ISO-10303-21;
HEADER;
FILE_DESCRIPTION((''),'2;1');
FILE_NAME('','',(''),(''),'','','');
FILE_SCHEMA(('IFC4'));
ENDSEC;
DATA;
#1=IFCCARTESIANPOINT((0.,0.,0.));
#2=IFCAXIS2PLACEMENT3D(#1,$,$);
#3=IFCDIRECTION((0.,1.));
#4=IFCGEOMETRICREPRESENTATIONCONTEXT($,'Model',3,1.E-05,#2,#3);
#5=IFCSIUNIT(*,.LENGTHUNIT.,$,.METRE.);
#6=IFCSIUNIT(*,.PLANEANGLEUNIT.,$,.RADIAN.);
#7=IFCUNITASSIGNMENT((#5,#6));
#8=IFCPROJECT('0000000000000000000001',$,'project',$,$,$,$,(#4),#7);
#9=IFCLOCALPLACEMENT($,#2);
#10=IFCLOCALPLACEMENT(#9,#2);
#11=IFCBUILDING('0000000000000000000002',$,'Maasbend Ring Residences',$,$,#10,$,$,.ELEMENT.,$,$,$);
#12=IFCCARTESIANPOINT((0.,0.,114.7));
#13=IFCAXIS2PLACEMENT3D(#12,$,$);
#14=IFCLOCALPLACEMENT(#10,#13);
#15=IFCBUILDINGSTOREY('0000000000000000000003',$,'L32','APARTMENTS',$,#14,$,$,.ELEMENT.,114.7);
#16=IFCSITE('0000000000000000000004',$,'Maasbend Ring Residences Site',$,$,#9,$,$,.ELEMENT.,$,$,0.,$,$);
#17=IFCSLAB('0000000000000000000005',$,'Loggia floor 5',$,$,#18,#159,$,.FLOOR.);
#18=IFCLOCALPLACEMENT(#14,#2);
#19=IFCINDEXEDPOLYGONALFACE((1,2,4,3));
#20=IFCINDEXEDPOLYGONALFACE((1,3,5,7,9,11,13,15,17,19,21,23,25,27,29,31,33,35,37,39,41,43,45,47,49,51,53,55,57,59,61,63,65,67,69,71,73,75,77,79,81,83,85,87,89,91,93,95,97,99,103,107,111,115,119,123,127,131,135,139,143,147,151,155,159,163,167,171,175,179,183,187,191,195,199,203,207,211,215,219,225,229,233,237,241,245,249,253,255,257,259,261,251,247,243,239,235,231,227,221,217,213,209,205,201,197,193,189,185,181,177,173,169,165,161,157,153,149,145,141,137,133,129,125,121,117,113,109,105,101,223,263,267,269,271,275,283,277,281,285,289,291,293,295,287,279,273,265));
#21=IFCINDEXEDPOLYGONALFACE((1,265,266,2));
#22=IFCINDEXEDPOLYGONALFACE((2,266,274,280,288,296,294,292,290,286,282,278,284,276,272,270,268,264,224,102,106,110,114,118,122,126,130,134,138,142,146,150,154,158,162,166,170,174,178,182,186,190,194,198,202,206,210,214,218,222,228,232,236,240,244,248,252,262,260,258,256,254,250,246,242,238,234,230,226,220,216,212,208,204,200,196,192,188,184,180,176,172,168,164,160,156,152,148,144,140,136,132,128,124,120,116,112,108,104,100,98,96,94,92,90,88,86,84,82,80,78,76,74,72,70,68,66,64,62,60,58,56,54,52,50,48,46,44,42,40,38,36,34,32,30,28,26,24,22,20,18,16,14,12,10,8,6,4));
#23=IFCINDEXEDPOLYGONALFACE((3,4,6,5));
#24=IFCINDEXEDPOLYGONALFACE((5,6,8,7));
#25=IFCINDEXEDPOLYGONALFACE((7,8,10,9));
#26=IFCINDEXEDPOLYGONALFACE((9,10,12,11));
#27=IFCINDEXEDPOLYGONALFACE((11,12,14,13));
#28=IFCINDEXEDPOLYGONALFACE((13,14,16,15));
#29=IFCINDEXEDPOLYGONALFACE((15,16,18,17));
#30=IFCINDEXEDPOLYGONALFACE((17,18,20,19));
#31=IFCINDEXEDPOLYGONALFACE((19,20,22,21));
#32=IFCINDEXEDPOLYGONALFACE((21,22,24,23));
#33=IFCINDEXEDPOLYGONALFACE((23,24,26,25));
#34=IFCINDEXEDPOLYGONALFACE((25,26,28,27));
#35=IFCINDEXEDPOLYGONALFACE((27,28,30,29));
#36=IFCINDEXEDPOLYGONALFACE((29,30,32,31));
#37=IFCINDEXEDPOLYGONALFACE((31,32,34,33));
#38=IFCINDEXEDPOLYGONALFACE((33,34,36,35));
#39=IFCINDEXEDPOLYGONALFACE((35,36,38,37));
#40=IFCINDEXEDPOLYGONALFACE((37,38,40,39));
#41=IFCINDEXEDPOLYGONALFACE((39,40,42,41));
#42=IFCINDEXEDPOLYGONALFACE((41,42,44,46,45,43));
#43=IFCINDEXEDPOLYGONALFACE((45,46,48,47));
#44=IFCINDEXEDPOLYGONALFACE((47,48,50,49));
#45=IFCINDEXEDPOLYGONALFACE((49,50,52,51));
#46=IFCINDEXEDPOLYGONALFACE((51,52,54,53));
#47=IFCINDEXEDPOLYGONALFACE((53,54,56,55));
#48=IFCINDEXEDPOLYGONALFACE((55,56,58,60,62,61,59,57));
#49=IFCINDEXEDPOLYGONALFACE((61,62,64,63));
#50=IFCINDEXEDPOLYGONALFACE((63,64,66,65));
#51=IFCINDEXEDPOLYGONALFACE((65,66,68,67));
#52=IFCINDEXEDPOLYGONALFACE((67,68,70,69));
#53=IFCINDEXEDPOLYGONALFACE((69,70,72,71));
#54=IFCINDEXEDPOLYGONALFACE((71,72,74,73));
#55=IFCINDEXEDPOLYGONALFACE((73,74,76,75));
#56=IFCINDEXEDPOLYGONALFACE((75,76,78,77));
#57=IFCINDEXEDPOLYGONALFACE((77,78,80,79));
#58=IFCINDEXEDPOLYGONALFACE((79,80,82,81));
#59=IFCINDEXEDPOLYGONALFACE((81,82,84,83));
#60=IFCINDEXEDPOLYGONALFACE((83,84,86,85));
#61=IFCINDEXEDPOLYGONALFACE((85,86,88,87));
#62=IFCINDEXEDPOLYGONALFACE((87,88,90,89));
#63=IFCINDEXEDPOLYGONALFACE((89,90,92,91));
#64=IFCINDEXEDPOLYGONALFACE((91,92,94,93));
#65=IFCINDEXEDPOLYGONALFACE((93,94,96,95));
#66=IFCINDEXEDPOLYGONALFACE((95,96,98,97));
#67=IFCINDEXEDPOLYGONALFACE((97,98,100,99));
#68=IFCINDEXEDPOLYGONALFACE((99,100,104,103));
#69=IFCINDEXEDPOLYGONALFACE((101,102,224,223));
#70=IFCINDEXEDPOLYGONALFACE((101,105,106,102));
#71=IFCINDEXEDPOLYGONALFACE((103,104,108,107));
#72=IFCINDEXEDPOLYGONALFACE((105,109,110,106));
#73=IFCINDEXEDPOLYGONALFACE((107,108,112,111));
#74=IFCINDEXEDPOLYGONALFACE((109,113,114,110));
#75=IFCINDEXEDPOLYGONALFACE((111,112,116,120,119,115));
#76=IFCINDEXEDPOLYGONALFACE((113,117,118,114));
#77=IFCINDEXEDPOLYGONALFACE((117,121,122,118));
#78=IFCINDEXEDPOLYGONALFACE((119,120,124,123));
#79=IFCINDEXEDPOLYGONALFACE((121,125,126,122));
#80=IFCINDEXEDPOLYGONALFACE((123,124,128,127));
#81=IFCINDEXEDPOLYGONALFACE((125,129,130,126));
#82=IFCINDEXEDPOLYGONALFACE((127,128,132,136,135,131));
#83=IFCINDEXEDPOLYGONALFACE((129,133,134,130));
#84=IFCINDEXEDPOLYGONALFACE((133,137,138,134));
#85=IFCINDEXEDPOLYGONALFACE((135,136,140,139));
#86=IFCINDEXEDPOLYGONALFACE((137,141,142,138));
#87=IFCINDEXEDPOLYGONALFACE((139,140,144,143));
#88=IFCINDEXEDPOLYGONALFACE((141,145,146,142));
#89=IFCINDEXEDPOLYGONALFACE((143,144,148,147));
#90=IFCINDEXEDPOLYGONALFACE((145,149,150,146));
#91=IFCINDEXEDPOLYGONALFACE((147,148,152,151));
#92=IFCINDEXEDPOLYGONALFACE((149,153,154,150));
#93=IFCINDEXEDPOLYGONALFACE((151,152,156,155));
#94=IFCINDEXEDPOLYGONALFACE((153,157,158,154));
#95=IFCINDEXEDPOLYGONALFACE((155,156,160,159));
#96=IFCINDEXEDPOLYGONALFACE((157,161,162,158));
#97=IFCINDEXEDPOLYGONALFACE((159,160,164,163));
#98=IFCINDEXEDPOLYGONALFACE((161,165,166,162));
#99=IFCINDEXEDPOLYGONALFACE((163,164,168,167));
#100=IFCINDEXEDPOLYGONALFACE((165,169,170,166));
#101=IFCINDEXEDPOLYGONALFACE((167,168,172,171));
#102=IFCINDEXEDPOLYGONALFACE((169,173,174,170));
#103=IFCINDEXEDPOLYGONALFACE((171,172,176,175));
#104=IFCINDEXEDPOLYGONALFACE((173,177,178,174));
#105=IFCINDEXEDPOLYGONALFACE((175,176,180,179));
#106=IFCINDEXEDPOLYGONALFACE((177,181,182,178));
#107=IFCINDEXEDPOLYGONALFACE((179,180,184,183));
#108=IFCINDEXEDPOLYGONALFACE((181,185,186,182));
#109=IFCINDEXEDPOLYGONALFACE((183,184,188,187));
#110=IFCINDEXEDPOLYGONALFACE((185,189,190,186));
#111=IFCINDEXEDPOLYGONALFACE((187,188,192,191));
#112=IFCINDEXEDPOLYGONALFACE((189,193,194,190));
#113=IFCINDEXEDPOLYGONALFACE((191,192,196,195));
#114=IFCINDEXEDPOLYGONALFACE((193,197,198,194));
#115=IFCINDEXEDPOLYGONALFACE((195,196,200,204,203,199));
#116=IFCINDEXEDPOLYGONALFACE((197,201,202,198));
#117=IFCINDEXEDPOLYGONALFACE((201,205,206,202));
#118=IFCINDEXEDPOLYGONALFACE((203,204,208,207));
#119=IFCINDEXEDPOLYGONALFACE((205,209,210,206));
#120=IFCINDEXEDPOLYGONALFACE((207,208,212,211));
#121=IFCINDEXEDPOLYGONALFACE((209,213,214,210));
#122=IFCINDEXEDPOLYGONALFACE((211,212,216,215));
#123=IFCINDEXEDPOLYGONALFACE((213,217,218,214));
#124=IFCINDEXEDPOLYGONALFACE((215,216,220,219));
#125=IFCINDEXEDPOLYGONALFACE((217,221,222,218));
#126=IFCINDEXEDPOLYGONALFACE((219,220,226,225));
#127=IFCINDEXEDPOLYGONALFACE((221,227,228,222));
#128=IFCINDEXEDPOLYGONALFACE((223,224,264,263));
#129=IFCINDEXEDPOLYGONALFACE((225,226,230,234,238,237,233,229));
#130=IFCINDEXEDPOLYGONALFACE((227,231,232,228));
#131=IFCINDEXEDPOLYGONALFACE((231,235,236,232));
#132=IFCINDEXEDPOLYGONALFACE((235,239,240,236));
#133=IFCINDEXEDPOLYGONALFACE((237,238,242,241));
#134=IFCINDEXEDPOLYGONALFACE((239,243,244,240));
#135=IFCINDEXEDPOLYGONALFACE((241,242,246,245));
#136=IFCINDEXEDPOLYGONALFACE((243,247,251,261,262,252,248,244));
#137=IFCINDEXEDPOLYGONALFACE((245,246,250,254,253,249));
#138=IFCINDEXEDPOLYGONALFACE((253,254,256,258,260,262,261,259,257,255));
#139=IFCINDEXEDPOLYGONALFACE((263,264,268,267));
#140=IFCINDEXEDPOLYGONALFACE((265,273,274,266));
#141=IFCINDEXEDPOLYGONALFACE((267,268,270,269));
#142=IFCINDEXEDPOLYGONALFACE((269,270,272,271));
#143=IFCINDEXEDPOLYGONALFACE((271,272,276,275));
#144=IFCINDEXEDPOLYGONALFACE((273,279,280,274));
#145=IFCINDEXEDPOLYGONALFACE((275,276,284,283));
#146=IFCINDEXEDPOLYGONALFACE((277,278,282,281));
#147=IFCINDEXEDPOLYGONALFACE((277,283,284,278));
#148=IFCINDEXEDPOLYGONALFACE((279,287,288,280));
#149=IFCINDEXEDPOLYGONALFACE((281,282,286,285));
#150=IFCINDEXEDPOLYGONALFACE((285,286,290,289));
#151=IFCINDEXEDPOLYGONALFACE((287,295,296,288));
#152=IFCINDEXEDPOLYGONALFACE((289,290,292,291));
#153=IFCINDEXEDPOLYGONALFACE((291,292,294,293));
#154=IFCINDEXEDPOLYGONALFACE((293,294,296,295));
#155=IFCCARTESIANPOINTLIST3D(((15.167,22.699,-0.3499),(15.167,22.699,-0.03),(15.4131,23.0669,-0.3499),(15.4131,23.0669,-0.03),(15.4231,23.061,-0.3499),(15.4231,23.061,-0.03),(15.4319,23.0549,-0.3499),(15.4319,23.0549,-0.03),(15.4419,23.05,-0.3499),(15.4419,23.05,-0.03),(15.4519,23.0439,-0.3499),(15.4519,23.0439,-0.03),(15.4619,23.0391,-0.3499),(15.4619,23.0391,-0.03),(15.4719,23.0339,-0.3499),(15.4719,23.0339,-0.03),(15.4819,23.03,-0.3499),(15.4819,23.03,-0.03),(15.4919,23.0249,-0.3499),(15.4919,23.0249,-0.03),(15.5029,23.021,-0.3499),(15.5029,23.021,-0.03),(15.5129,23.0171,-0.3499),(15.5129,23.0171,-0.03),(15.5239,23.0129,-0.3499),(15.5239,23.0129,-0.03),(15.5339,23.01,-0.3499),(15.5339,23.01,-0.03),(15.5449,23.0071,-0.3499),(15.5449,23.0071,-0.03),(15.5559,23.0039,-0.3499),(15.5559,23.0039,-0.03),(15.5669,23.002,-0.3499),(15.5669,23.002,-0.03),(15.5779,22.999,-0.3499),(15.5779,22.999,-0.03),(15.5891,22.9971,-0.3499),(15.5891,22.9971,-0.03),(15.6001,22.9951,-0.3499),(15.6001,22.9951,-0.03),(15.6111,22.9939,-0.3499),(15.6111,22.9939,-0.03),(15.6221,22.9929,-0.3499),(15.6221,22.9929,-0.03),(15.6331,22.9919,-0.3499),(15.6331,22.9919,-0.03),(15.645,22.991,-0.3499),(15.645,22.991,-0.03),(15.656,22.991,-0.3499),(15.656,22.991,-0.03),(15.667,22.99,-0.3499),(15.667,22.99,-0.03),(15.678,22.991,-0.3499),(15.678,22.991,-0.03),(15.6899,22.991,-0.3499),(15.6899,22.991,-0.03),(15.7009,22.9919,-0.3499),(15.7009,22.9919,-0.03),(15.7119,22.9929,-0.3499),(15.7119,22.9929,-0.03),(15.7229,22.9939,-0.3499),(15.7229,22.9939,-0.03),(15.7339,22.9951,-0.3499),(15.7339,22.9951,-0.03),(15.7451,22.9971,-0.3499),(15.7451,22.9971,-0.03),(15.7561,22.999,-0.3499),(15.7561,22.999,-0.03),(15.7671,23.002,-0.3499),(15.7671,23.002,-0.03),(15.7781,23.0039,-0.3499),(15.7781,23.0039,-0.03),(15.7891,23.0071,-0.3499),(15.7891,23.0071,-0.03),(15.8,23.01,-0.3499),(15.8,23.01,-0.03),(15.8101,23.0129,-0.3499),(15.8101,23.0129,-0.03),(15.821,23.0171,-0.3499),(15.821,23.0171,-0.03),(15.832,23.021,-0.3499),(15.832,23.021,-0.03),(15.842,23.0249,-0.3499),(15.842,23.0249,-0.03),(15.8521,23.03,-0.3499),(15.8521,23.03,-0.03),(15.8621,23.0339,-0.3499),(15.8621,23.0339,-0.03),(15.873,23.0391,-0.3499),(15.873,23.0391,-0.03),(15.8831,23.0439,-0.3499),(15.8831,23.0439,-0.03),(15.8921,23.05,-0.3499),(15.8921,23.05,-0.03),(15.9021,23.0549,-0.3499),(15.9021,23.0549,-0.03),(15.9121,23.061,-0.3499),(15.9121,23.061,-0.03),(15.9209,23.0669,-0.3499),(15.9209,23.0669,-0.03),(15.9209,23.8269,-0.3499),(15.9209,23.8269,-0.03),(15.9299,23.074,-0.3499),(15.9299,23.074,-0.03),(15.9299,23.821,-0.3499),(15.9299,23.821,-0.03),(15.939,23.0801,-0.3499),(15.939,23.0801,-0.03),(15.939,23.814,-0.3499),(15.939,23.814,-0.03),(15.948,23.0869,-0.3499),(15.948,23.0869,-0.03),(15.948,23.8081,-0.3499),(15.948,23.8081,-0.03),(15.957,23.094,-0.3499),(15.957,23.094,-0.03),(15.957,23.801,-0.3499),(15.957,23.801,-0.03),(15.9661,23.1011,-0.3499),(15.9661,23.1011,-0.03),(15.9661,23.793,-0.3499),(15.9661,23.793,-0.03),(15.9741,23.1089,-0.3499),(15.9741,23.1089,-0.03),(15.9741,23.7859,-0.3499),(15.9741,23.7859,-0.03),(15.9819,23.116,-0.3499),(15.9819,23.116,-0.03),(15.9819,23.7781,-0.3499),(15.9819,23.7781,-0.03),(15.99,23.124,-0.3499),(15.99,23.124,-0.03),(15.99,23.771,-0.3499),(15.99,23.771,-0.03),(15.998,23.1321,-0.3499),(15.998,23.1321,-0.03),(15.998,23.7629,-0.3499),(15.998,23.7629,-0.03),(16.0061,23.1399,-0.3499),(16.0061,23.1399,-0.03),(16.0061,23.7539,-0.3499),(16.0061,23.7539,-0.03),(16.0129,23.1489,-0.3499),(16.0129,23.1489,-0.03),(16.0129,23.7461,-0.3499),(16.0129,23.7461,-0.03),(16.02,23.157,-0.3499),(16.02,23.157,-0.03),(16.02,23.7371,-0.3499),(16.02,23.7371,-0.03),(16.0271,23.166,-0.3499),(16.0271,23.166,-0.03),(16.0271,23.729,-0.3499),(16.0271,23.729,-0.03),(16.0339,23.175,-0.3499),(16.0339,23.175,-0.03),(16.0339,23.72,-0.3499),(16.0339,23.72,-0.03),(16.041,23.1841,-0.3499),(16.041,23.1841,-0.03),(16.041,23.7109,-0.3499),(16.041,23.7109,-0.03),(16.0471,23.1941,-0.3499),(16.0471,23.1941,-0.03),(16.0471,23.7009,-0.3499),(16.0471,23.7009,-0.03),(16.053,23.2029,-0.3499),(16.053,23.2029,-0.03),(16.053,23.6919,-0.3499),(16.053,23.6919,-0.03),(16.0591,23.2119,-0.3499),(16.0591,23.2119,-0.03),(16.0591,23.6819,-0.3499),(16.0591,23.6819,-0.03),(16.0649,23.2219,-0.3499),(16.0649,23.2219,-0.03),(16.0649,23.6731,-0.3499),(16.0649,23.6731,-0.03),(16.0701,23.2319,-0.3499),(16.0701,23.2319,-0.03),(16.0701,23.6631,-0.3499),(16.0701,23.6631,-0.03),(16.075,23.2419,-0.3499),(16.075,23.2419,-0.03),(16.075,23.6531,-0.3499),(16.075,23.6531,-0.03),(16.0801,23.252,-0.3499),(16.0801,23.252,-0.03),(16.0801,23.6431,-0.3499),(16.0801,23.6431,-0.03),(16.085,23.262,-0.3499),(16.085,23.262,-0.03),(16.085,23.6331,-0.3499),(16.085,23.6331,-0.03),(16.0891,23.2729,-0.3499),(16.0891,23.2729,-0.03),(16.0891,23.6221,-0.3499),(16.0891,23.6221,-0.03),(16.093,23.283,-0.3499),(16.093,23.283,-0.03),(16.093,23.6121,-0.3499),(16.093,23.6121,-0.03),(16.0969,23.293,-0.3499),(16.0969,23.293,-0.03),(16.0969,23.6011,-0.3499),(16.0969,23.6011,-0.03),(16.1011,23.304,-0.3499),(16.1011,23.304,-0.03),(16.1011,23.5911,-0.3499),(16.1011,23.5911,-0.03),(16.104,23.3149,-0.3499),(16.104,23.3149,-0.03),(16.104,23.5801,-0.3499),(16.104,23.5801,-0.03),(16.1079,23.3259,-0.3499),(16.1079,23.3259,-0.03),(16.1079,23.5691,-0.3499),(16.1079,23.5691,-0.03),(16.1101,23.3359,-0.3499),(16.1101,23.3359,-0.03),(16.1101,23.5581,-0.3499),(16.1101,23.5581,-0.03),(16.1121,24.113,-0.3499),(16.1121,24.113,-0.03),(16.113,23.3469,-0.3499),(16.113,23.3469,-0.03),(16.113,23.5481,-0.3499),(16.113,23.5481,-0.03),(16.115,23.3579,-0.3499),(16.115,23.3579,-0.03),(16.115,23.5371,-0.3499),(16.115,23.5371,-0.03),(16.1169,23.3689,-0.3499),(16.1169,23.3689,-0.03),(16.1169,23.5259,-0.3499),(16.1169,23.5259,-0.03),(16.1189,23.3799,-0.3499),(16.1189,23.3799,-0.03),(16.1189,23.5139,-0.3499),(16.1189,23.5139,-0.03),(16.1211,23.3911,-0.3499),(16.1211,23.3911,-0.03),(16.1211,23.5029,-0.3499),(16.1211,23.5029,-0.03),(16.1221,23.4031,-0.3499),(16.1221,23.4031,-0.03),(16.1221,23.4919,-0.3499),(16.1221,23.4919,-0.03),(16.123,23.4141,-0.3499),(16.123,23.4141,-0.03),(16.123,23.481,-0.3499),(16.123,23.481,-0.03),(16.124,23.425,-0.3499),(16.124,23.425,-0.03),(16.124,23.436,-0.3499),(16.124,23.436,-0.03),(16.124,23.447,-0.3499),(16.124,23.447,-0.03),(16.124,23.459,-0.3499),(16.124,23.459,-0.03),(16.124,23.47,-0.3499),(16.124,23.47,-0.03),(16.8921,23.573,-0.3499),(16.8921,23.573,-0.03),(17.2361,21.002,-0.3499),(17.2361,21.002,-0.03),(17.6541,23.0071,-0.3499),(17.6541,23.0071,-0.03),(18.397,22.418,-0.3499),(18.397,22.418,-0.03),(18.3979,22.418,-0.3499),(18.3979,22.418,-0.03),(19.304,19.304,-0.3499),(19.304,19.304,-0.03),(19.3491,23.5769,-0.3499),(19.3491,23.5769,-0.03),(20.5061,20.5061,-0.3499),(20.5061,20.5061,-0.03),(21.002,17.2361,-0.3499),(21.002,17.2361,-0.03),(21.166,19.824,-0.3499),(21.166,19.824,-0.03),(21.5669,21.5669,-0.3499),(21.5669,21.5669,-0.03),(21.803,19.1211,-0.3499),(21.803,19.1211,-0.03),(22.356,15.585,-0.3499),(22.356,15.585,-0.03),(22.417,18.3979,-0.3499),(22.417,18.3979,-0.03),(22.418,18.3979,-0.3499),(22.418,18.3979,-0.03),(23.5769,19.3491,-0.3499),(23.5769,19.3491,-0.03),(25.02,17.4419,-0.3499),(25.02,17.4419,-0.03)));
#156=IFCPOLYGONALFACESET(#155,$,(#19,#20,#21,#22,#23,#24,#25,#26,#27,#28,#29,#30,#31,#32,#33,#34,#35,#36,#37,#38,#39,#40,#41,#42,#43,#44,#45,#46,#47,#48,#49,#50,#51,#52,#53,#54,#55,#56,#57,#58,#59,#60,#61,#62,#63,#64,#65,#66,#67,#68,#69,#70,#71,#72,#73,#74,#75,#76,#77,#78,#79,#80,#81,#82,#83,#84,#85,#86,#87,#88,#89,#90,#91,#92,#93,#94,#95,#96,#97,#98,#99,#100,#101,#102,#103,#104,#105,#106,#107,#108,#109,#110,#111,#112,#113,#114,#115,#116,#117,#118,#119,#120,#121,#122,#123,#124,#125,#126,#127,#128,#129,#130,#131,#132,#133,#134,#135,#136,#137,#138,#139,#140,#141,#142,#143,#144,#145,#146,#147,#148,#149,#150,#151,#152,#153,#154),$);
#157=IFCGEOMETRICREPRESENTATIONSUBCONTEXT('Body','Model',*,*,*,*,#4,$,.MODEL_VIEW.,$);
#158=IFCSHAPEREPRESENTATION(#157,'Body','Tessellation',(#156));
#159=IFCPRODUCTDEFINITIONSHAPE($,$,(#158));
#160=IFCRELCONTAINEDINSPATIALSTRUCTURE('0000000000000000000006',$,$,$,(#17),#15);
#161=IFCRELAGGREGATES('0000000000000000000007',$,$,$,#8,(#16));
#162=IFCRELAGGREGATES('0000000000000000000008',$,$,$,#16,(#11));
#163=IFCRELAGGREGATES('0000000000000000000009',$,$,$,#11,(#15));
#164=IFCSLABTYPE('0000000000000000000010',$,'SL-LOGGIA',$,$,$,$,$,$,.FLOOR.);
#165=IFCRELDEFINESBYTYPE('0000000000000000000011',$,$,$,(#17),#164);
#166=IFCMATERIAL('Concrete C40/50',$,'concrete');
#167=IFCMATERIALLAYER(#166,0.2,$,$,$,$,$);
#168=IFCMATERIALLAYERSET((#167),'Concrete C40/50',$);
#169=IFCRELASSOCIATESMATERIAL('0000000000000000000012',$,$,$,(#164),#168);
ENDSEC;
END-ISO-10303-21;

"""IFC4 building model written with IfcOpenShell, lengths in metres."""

from ifc_helpers import new_model, si_unit, direction, frame, origin, place, context, subcontext, project, spatial, polyline, outline, extrude, material, layer, layer_set, type_object, element, save


model = new_model("IFC4")

# Units and contexts
model_context = context("Model", 3, precision=1e-05, world=origin(), true_north=direction((0.0, 1.0)))
body_context = subcontext(model_context, "Body", "Model", "MODEL_VIEW")
ifc_project = project(units=[si_unit("LENGTHUNIT", "METRE"), si_unit("PLANEANGLEUNIT", "RADIAN")], contexts=[model_context])

# Site, building, storey
site_placement = place(None, origin())
site = spatial("IfcSite", under=ifc_project, at=site_placement, Name="Maasbend Ring Residences Site", CompositionType="ELEMENT", RefElevation=0.0)
building_placement = place(site_placement, origin())
building = spatial("IfcBuilding", under=site, at=building_placement, Name="Maasbend Ring Residences", CompositionType="ELEMENT")
storey_placement = place(building_placement, frame((0.0, 0.0, 114.7)))
storey = spatial("IfcBuildingStorey", under=building, at=storey_placement, Name="L32", Description="APARTMENTS", CompositionType="ELEMENT", Elevation=114.7)

# Slab
ifc_material_1 = material(Name="Concrete C40/50", Category="concrete")
ifc_layer_1 = layer(ifc_material_1, 0.2)
ifc_layer_set_1 = layer_set([ifc_layer_1], Name="Concrete C40/50")
slab_type_1 = type_object("IfcSlabType", Name="SL-LOGGIA", PredefinedType="FLOOR", material=ifc_layer_set_1)
slab_1_placement = place(storey_placement, frame((0.0, 0.0, -0.3499)))
element("IfcSlab", 1, at=slab_1_placement, inside=storey, type_object=slab_type_1, Name="Loggia floor 5", PredefinedType="FLOOR", context=body_context, shape_type="SweptSolid", body=[
    extrude(outline(polyline([(15.4319, 23.0549), (15.4419, 23.05), (15.4519, 23.0439), (15.4619, 23.0391), (15.4719, 23.0339), (15.4819, 23.03), (15.4919, 23.0249), (15.5029, 23.021), (15.5129, 23.0171), (15.5239, 23.0129), (15.5339, 23.01), (15.5449, 23.0071), (15.5559, 23.0039), (15.5669, 23.002), (15.5779, 22.999), (15.5891, 22.9971), (15.6001, 22.9951), (15.6111, 22.9939), (15.6221, 22.9929), (15.6331, 22.9919), (15.645, 22.991), (15.656, 22.991), (15.667, 22.99), (15.678, 22.991), (15.6899, 22.991), (15.7009, 22.9919), (15.7119, 22.9929), (15.7229, 22.9939), (15.7339, 22.9951), (15.7451, 22.9971), (15.7561, 22.999), (15.7671, 23.002), (15.7781, 23.0039), (15.7891, 23.0071), (15.8, 23.01), (15.8101, 23.0129), (15.821, 23.0171), (15.832, 23.021), (15.842, 23.0249), (15.8521, 23.03), (15.8621, 23.0339), (15.873, 23.0391), (15.8831, 23.0439), (15.8921, 23.05), (15.9021, 23.0549), (15.9121, 23.061), (15.9209, 23.0669), (15.9299, 23.074), (15.939, 23.0801), (15.948, 23.0869), (15.957, 23.094), (15.9661, 23.1011), (15.9741, 23.1089), (15.9819, 23.116), (15.99, 23.124), (15.998, 23.1321), (16.0061, 23.1399), (16.0129, 23.1489), (16.02, 23.157), (16.0271, 23.166), (16.0339, 23.175), (16.041, 23.1841), (16.0471, 23.1941), (16.053, 23.2029), (16.0591, 23.2119), (16.0649, 23.2219), (16.0701, 23.2319), (16.075, 23.2419), (16.0801, 23.252), (16.085, 23.262), (16.0891, 23.2729), (16.093, 23.283), (16.0969, 23.293), (16.1011, 23.304), (16.104, 23.3149), (16.1079, 23.3259), (16.1101, 23.3359), (16.113, 23.3469), (16.115, 23.3579), (16.1169, 23.3689), (16.1189, 23.3799), (16.1211, 23.3911), (16.1221, 23.4031), (16.123, 23.4141), (16.124, 23.425), (16.124, 23.436), (16.124, 23.447), (16.124, 23.459), (16.124, 23.47), (16.123, 23.481), (16.1221, 23.4919), (16.1211, 23.5029), (16.1189, 23.5139), (16.1169, 23.5259), (16.115, 23.5371), (16.113, 23.5481), (16.1101, 23.5581), (16.1079, 23.5691), (16.104, 23.5801), (16.1011, 23.5911), (16.0969, 23.6011), (16.093, 23.6121), (16.0891, 23.6221), (16.085, 23.6331), (16.0801, 23.6431), (16.075, 23.6531), (16.0701, 23.6631), (16.0649, 23.6731), (16.0591, 23.6819), (16.053, 23.6919), (16.0471, 23.7009), (16.041, 23.7109), (16.0339, 23.72), (16.0271, 23.729), (16.02, 23.7371), (16.0129, 23.7461), (16.0061, 23.7539), (15.998, 23.7629), (15.99, 23.771), (15.9819, 23.7781), (15.9741, 23.7859), (15.9661, 23.793), (15.957, 23.801), (15.948, 23.8081), (15.939, 23.814), (15.9299, 23.821), (15.9209, 23.8269), (15.9209, 23.8269), (16.1121, 24.113), (16.1121, 24.113), (16.1121, 24.113), (16.8921, 23.573), (16.8921, 23.573), (17.6541, 23.0071), (17.6541, 23.0071), (18.397, 22.418), (18.397, 22.418), (18.397, 22.418), (18.397, 22.418), (18.397, 22.418), (18.397, 22.418), (18.397, 22.418), (18.397, 22.418), (18.397, 22.418), (18.397, 22.418), (18.397, 22.418), (18.3979, 22.418), (18.3979, 22.418), (18.3979, 22.418), (18.3979, 22.418), (18.3979, 22.418), (18.3979, 22.418), (19.3491, 23.5769), (19.3491, 23.5769), (19.3491, 23.5769), (21.5669, 21.5669), (21.5669, 21.5669), (21.5669, 21.5669), (20.5061, 20.5061), (20.5061, 20.5061), (20.5061, 20.5061), (20.5061, 20.5061), (20.5061, 20.5061), (20.5061, 20.5061), (20.5061, 20.5061), (20.5061, 20.5061), (20.5061, 20.5061), (20.5061, 20.5061), (20.5061, 20.5061), (20.5061, 20.5061), (20.5061, 20.5061), (20.5061, 20.5061), (20.5061, 20.5061), (20.5061, 20.5061), (20.5061, 20.5061), (21.166, 19.824), (21.166, 19.824), (21.803, 19.1211), (21.803, 19.1211), (22.417, 18.3979), (22.417, 18.3979), (22.417, 18.3979), (22.417, 18.3979), (22.417, 18.3979), (22.417, 18.3979), (22.417, 18.3979), (22.417, 18.3979), (22.417, 18.3979), (22.417, 18.3979), (22.417, 18.3979), (22.417, 18.3979), (22.418, 18.3979), (22.418, 18.3979), (22.418, 18.3979), (22.418, 18.3979), (22.418, 18.3979), (23.5769, 19.3491), (23.5769, 19.3491), (23.5769, 19.3491), (25.02, 17.4419), (25.02, 17.4419), (25.02, 17.4419), (22.356, 15.585), (22.356, 15.585), (22.356, 15.585), (21.002, 17.2361), (19.304, 19.304), (19.304, 19.304), (19.304, 19.304), (17.2361, 21.002), (15.167, 22.699), (15.167, 22.699), (15.167, 22.699), (15.4131, 23.0669), (15.4131, 23.0669), (15.4231, 23.061), (15.4319, 23.0549)])), origin(), (0.0, 0.0, 1.0), 0.3198),
])

save(model, "model.ifc")
